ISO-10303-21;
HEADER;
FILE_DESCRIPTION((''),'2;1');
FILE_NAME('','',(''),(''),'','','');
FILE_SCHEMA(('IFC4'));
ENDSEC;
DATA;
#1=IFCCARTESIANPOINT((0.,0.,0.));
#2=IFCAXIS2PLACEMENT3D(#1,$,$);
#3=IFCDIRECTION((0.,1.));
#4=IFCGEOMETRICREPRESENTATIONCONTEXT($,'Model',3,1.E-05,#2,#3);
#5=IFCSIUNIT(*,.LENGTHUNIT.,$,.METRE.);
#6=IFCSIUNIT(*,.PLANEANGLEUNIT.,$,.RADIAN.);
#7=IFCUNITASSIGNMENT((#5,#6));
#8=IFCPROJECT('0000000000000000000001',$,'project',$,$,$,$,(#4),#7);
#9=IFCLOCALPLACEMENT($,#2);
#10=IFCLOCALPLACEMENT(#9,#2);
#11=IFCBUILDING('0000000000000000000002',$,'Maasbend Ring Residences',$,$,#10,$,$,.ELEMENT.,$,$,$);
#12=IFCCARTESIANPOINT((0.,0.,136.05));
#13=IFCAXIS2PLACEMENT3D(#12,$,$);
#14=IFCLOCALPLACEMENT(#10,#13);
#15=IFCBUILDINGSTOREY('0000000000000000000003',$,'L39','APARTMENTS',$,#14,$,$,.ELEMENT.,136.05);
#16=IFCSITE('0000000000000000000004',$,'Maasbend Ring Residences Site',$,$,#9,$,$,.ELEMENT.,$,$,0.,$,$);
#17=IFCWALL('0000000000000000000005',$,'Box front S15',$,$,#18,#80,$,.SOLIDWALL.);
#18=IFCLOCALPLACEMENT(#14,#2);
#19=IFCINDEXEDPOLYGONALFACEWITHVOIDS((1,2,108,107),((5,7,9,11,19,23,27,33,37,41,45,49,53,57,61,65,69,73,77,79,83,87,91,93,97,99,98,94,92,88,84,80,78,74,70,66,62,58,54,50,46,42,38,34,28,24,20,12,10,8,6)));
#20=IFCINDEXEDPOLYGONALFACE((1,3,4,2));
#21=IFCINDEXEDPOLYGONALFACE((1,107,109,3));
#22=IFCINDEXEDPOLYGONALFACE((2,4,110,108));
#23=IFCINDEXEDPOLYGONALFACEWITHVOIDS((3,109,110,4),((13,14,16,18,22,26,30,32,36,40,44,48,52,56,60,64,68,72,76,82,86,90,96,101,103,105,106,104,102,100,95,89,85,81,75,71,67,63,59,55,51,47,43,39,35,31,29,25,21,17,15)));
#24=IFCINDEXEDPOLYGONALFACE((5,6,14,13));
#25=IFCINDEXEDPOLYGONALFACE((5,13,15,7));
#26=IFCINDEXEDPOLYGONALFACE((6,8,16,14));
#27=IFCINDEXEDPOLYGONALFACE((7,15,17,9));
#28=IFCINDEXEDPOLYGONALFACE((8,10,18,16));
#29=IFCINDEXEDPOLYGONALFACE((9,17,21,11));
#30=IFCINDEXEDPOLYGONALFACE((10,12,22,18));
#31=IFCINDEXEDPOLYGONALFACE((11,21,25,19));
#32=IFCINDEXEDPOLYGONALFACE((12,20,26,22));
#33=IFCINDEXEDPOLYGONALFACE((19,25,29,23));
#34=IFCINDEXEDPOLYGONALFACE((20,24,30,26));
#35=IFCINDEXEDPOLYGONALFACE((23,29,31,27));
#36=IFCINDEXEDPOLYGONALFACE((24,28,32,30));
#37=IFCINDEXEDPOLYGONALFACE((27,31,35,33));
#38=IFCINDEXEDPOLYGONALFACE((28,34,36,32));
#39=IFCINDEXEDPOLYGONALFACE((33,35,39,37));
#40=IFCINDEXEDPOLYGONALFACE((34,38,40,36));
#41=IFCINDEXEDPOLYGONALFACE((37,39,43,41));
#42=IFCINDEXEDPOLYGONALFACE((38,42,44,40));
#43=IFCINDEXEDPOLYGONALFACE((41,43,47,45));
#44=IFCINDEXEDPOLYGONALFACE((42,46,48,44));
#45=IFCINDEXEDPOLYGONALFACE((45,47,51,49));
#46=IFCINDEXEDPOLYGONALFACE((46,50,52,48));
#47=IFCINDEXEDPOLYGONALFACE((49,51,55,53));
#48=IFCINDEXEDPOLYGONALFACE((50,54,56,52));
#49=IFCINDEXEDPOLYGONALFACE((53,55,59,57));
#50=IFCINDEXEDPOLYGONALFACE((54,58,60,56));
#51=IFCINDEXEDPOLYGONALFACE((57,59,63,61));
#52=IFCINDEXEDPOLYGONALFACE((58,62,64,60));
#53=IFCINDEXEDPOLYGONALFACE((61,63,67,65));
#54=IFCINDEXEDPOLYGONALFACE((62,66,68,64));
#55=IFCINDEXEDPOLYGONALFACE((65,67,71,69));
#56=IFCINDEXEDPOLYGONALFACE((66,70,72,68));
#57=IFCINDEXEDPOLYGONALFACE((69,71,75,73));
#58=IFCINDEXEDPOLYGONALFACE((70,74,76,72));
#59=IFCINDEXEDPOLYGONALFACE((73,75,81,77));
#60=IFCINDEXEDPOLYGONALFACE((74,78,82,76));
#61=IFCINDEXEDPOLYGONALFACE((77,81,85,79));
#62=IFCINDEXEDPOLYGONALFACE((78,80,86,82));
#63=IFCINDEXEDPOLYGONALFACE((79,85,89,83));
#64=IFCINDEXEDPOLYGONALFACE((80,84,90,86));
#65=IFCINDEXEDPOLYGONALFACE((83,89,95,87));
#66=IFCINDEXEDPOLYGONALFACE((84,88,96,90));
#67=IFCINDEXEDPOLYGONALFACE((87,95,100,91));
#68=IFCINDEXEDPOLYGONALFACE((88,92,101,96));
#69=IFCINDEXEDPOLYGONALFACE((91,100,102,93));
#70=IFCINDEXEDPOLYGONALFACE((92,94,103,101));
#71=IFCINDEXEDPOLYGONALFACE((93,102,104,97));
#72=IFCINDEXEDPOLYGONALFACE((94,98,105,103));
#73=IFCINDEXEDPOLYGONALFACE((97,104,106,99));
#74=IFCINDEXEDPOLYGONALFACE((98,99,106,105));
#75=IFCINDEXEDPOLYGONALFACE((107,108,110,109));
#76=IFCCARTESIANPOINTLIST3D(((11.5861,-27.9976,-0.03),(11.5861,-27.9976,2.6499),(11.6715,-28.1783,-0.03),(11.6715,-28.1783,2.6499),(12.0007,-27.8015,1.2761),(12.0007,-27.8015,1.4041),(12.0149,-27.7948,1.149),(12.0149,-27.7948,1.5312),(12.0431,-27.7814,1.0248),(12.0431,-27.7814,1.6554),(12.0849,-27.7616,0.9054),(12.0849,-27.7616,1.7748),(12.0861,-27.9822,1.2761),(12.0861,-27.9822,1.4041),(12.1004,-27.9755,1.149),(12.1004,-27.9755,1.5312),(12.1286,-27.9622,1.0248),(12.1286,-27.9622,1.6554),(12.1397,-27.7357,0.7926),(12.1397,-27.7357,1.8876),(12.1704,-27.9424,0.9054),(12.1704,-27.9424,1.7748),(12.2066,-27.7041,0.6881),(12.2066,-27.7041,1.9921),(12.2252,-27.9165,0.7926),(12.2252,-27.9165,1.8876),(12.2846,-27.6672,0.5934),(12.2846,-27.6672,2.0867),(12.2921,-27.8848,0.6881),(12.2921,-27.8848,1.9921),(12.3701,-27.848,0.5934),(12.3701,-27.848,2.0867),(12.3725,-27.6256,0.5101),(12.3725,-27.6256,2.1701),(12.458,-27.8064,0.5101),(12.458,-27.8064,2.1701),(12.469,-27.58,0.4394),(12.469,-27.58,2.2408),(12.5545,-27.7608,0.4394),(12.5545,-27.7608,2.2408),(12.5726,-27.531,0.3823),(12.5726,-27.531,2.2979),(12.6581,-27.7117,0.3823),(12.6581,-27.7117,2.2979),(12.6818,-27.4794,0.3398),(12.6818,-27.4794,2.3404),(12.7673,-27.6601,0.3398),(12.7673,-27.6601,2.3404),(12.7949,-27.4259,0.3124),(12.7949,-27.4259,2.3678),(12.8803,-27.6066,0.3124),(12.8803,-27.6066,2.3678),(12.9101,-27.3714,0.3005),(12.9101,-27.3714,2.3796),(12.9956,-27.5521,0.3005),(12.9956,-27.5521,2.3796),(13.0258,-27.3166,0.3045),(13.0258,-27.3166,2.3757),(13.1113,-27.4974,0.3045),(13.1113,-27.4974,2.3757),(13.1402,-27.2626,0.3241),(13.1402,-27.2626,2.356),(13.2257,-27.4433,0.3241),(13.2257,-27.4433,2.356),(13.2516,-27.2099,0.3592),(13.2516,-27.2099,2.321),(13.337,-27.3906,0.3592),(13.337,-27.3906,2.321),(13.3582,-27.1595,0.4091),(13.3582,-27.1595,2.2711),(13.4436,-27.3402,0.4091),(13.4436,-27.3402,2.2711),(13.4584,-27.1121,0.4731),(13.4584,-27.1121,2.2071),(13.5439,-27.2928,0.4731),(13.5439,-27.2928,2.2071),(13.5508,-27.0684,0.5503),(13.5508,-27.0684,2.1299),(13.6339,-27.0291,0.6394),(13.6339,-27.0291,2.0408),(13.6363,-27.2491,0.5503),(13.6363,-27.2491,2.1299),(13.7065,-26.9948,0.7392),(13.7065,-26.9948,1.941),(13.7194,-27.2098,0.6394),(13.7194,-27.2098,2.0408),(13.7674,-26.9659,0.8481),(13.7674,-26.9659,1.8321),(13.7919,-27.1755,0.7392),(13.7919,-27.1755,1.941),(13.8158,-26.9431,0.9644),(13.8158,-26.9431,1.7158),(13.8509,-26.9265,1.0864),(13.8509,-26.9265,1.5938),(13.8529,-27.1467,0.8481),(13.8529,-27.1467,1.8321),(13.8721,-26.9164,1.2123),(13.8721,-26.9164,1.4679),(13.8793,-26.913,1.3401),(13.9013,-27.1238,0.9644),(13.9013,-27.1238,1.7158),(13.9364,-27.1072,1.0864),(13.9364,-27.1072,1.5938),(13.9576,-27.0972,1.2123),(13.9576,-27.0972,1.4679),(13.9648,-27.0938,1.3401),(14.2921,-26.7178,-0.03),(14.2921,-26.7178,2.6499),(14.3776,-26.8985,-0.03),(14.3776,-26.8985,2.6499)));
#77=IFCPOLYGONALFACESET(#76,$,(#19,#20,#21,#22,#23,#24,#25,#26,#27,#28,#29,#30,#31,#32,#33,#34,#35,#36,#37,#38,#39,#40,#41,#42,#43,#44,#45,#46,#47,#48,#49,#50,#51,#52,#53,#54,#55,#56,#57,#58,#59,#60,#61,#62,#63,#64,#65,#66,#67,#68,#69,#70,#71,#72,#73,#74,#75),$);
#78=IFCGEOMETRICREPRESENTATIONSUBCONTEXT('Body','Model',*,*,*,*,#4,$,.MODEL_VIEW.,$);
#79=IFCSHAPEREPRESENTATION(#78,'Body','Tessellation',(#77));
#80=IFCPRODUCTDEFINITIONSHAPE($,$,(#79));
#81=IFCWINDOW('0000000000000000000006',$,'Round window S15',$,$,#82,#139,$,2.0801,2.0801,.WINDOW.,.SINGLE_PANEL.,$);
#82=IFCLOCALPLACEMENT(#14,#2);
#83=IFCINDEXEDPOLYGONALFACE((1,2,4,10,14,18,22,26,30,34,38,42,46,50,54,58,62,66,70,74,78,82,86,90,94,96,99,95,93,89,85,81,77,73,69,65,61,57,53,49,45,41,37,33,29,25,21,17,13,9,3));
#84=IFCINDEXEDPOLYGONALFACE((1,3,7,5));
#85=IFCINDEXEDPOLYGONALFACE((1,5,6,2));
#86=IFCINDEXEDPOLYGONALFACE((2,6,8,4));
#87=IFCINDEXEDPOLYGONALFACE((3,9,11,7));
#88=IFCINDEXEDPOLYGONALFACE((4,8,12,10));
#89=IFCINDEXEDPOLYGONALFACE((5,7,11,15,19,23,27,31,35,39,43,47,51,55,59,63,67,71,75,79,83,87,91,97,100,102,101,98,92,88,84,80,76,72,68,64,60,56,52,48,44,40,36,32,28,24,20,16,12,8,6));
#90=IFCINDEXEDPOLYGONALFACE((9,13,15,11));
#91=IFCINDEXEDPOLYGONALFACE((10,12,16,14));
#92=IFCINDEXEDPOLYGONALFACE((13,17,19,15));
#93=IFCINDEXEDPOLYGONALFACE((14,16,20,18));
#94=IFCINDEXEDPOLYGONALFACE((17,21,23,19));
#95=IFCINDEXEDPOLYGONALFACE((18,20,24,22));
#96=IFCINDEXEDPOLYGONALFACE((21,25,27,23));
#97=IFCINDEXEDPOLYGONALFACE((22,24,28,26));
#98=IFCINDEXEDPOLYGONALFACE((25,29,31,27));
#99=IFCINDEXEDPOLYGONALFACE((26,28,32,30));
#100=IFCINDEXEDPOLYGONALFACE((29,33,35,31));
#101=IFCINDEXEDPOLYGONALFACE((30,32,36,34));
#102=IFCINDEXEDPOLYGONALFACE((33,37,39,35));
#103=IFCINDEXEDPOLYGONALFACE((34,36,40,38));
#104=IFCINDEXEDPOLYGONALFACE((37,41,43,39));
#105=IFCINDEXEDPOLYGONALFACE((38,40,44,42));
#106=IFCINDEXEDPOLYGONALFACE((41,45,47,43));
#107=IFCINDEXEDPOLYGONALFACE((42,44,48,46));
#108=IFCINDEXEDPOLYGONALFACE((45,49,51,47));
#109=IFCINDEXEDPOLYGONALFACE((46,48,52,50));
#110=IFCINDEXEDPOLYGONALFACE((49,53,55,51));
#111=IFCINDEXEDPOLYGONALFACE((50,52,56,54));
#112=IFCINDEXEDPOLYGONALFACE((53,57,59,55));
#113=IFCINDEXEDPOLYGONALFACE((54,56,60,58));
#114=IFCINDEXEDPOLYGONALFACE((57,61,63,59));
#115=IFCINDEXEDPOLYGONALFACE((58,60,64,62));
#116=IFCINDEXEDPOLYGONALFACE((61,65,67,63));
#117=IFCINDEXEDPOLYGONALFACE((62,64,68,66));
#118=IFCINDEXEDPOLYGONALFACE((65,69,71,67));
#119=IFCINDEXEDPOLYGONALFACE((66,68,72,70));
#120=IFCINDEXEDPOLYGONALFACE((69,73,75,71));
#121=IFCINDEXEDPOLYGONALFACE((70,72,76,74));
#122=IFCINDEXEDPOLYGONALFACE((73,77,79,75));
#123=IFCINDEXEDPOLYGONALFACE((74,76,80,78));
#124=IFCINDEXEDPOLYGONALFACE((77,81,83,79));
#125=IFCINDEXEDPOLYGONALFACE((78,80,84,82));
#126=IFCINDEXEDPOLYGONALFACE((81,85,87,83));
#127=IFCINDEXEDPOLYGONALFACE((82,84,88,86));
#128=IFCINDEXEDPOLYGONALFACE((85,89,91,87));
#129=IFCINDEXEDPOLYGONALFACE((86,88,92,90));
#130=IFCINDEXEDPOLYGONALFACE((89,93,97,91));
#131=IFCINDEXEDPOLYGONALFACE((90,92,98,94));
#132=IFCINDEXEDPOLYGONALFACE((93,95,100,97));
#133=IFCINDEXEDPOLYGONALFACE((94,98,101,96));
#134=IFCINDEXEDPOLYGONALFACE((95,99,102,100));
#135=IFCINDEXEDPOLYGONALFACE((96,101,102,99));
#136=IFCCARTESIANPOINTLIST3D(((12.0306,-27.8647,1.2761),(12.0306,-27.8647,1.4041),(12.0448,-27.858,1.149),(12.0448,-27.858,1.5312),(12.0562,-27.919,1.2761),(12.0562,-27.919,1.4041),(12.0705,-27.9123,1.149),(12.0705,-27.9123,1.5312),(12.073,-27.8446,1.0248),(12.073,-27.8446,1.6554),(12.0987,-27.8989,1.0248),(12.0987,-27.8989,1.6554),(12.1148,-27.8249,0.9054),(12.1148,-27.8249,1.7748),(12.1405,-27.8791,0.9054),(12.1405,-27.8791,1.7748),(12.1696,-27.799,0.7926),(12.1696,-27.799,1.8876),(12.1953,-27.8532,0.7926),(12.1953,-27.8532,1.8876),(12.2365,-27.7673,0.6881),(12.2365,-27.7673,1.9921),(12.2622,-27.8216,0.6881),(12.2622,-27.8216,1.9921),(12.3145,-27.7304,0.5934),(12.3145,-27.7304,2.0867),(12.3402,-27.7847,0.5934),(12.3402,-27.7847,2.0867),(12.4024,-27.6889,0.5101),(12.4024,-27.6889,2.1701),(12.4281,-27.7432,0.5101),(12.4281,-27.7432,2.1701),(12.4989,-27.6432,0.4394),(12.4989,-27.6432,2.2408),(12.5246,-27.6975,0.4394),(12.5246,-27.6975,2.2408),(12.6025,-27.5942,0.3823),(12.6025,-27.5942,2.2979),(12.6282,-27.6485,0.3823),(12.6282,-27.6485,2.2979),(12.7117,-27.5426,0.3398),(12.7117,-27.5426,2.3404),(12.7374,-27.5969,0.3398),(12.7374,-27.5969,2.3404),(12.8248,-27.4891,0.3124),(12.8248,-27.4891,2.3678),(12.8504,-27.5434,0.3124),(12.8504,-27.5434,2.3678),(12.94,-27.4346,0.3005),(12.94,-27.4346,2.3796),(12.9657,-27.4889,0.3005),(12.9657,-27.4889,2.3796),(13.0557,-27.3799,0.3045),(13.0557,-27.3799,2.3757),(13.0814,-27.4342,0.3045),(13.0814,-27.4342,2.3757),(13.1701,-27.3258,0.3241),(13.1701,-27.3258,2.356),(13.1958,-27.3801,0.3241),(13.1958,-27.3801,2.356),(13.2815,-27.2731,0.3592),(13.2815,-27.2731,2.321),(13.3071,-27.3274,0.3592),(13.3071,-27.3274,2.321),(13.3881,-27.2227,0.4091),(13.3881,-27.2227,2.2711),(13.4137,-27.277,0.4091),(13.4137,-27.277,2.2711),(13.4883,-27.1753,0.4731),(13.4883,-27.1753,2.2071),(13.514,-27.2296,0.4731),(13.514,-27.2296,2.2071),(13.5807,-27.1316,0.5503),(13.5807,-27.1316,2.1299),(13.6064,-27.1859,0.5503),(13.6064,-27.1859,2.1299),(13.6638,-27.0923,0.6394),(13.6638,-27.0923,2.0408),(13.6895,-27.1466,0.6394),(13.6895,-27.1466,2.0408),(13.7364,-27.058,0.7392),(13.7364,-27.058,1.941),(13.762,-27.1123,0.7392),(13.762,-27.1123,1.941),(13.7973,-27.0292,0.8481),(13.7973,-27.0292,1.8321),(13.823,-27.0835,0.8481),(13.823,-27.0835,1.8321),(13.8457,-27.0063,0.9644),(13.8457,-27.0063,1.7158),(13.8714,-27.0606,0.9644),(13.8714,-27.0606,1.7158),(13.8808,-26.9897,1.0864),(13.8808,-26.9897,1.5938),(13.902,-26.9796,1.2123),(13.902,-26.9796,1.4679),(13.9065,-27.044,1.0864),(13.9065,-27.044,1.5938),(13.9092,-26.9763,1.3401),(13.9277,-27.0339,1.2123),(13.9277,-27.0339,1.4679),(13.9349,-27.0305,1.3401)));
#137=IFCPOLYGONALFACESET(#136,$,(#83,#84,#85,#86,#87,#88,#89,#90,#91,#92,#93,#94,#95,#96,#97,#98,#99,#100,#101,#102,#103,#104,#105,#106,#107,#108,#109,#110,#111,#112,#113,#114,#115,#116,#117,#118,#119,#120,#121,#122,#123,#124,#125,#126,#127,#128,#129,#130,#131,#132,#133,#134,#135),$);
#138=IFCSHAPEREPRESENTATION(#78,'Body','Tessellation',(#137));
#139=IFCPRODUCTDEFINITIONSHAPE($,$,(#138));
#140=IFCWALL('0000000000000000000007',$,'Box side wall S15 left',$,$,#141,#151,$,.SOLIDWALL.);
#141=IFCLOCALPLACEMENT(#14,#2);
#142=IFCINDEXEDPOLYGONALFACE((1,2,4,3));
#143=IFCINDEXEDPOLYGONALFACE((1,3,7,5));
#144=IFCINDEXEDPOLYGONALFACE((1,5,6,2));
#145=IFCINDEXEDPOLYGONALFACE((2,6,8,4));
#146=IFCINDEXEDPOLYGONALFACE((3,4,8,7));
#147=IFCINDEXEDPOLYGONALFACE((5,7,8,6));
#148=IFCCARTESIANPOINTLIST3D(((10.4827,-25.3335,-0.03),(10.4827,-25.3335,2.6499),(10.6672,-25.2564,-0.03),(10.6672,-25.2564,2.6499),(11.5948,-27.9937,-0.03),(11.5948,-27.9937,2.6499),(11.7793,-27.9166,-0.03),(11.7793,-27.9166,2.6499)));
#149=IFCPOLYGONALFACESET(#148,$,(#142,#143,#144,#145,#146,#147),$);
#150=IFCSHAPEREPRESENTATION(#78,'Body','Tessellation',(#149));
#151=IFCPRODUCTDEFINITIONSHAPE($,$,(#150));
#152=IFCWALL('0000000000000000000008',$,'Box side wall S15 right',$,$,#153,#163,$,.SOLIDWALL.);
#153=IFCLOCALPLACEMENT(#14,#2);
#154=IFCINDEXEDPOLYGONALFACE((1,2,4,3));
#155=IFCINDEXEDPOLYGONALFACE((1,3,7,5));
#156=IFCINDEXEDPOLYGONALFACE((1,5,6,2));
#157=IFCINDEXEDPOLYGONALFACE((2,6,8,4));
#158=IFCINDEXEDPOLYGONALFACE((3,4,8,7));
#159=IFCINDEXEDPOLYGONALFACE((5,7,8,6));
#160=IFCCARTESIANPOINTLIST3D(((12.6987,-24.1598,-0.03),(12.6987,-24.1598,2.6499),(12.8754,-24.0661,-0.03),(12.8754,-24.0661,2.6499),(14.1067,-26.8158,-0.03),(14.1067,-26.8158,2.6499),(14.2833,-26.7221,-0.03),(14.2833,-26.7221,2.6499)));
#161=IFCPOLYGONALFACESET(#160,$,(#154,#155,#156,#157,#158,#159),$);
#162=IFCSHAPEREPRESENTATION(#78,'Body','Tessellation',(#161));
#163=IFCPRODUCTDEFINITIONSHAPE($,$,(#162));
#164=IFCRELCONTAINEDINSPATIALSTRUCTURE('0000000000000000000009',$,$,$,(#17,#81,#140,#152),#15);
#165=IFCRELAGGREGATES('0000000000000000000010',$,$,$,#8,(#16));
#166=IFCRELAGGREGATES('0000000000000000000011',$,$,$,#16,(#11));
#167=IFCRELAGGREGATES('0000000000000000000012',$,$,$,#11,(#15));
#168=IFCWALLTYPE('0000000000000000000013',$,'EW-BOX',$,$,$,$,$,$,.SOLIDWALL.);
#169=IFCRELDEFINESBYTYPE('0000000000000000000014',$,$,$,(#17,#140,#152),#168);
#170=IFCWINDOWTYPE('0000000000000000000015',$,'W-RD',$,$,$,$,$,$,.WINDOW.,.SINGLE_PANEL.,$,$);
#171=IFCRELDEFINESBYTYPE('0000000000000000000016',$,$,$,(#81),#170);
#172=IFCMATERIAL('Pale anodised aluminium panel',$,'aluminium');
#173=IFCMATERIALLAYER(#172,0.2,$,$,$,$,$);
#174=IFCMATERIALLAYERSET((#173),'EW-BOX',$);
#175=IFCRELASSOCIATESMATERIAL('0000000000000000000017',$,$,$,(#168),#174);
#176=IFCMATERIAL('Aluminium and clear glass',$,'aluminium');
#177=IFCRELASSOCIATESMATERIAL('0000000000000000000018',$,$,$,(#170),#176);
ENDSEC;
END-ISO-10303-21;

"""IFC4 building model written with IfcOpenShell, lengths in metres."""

from ifc_helpers import new_model, si_unit, direction, frame, frame_2d, origin, place, context, subcontext, project, spatial, rectangle, circle, extrude, material, layer, layer_set, type_object, element, fill, save


model = new_model("IFC4")

# Units and contexts
model_context = context("Model", 3, precision=1e-05, world=origin(), true_north=direction((0.0, 1.0)))
body_context = subcontext(model_context, "Body", "Model", "MODEL_VIEW")
ifc_project = project(units=[si_unit("LENGTHUNIT", "METRE"), si_unit("PLANEANGLEUNIT", "RADIAN")], contexts=[model_context])

# Site, building, storey
site_placement = place(None, origin())
site = spatial("IfcSite", under=ifc_project, at=site_placement, Name="Maasbend Ring Residences Site", CompositionType="ELEMENT", RefElevation=0.0)
building_placement = place(site_placement, origin())
building = spatial("IfcBuilding", under=site, at=building_placement, Name="Maasbend Ring Residences", CompositionType="ELEMENT")
storey_placement = place(building_placement, frame((0.0, 0.0, 136.05)))
storey = spatial("IfcBuildingStorey", under=building, at=storey_placement, Name="L39", Description="APARTMENTS", CompositionType="ELEMENT", Elevation=136.05)

# Wall, opening, window
ifc_material_1 = material(Name="Pale anodised aluminium panel", Category="aluminium")
ifc_layer_1 = layer(ifc_material_1, 0.2)
ifc_layer_set_1 = layer_set([ifc_layer_1], Name="EW-BOX")
wall_type_1 = type_object("IfcWallType", Name="EW-BOX", PredefinedType="SOLIDWALL", material=ifc_layer_set_1)
wall_1_placement = place(storey_placement, frame((11.6289, -28.0879, -0.03), z_axis=(0.0, 0.0, 1.0), x_axis=(0.904, 0.427532, 0.0)))
wall_1 = element("IfcWall", 1, at=wall_1_placement, inside=storey, type_object=wall_type_1, Name="Box front S15", PredefinedType="SOLIDWALL", context=body_context, shape_type="SweptSolid", body=[
    extrude(rectangle(XDim=2.9934, YDim=0.2, at=frame_2d((1.4966, 0.0))), origin(), (0.0, 0.0, 1.0), 2.6799),
])
opening_1_placement = place(wall_1_placement, frame((0.4565, 0.0, 0.3301)))
opening_1 = element("IfcOpeningElement", 2, at=opening_1_placement, cuts=wall_1, PredefinedType="OPENING", context=body_context, shape_type="SweptSolid", body=[
    extrude(circle(Radius=1.04, at=frame_2d((1.04, 1.04))), frame((0.0, 0.1099, 0.0), z_axis=(0.0, -1.0, 0.0), x_axis=(1.0, 0.0, 0.0)), (0.0, 0.0, 1.0), 0.22),
])
ifc_material_2 = material(Name="Aluminium and clear glass", Category="aluminium")
window_type_1 = type_object("IfcWindowType", Name="W-RD", PartitioningType="SINGLE_PANEL", PredefinedType="WINDOW", material=ifc_material_2)
window_1_placement = place(opening_1_placement, origin())
window_1 = element("IfcWindow", 3, at=window_1_placement, inside=storey, type_object=window_type_1, Name="Round window S15", OverallHeight=2.0801, OverallWidth=2.0801, PartitioningType="SINGLE_PANEL", PredefinedType="WINDOW", context=body_context, shape_type="SweptSolid", body=[
    extrude(circle(Radius=1.04, at=frame_2d((1.04, 1.04))), frame((0.0, 0.03, 0.0), z_axis=(0.0, -1.0, 0.0), x_axis=(1.0, 0.0, 0.0)), (0.0, 0.0, 1.0), 0.0601),
])
fill(opening_1, window_1)

# Walls
wall_2_placement = place(storey_placement, frame((10.575, -25.2949, -0.03), z_axis=(0.0, 0.0, 1.0), x_axis=(0.385697, -0.922625, 0.0)))
element("IfcWall", 4, at=wall_2_placement, inside=storey, type_object=wall_type_1, Name="Box side wall S15 left", PredefinedType="SOLIDWALL", context=body_context, shape_type="SweptSolid", body=[
    extrude(rectangle(XDim=2.8833, YDim=0.2, at=frame_2d((1.4417, 0.0))), origin(), (0.0, 0.0, 1.0), 2.6799),
])
wall_3_placement = place(storey_placement, frame((12.7871, -24.113, -0.03), z_axis=(0.0, 0.0, 1.0), x_axis=(0.468365, -0.883535, 0.0)))
element("IfcWall", 5, at=wall_3_placement, inside=storey, type_object=wall_type_1, Name="Box side wall S15 right", PredefinedType="SOLIDWALL", context=body_context, shape_type="SweptSolid", body=[
    extrude(rectangle(XDim=3.0061, YDim=0.2, at=frame_2d((1.5029, 0.0))), origin(), (0.0, 0.0, 1.0), 2.6799),
])

save(model, "model.ifc")
